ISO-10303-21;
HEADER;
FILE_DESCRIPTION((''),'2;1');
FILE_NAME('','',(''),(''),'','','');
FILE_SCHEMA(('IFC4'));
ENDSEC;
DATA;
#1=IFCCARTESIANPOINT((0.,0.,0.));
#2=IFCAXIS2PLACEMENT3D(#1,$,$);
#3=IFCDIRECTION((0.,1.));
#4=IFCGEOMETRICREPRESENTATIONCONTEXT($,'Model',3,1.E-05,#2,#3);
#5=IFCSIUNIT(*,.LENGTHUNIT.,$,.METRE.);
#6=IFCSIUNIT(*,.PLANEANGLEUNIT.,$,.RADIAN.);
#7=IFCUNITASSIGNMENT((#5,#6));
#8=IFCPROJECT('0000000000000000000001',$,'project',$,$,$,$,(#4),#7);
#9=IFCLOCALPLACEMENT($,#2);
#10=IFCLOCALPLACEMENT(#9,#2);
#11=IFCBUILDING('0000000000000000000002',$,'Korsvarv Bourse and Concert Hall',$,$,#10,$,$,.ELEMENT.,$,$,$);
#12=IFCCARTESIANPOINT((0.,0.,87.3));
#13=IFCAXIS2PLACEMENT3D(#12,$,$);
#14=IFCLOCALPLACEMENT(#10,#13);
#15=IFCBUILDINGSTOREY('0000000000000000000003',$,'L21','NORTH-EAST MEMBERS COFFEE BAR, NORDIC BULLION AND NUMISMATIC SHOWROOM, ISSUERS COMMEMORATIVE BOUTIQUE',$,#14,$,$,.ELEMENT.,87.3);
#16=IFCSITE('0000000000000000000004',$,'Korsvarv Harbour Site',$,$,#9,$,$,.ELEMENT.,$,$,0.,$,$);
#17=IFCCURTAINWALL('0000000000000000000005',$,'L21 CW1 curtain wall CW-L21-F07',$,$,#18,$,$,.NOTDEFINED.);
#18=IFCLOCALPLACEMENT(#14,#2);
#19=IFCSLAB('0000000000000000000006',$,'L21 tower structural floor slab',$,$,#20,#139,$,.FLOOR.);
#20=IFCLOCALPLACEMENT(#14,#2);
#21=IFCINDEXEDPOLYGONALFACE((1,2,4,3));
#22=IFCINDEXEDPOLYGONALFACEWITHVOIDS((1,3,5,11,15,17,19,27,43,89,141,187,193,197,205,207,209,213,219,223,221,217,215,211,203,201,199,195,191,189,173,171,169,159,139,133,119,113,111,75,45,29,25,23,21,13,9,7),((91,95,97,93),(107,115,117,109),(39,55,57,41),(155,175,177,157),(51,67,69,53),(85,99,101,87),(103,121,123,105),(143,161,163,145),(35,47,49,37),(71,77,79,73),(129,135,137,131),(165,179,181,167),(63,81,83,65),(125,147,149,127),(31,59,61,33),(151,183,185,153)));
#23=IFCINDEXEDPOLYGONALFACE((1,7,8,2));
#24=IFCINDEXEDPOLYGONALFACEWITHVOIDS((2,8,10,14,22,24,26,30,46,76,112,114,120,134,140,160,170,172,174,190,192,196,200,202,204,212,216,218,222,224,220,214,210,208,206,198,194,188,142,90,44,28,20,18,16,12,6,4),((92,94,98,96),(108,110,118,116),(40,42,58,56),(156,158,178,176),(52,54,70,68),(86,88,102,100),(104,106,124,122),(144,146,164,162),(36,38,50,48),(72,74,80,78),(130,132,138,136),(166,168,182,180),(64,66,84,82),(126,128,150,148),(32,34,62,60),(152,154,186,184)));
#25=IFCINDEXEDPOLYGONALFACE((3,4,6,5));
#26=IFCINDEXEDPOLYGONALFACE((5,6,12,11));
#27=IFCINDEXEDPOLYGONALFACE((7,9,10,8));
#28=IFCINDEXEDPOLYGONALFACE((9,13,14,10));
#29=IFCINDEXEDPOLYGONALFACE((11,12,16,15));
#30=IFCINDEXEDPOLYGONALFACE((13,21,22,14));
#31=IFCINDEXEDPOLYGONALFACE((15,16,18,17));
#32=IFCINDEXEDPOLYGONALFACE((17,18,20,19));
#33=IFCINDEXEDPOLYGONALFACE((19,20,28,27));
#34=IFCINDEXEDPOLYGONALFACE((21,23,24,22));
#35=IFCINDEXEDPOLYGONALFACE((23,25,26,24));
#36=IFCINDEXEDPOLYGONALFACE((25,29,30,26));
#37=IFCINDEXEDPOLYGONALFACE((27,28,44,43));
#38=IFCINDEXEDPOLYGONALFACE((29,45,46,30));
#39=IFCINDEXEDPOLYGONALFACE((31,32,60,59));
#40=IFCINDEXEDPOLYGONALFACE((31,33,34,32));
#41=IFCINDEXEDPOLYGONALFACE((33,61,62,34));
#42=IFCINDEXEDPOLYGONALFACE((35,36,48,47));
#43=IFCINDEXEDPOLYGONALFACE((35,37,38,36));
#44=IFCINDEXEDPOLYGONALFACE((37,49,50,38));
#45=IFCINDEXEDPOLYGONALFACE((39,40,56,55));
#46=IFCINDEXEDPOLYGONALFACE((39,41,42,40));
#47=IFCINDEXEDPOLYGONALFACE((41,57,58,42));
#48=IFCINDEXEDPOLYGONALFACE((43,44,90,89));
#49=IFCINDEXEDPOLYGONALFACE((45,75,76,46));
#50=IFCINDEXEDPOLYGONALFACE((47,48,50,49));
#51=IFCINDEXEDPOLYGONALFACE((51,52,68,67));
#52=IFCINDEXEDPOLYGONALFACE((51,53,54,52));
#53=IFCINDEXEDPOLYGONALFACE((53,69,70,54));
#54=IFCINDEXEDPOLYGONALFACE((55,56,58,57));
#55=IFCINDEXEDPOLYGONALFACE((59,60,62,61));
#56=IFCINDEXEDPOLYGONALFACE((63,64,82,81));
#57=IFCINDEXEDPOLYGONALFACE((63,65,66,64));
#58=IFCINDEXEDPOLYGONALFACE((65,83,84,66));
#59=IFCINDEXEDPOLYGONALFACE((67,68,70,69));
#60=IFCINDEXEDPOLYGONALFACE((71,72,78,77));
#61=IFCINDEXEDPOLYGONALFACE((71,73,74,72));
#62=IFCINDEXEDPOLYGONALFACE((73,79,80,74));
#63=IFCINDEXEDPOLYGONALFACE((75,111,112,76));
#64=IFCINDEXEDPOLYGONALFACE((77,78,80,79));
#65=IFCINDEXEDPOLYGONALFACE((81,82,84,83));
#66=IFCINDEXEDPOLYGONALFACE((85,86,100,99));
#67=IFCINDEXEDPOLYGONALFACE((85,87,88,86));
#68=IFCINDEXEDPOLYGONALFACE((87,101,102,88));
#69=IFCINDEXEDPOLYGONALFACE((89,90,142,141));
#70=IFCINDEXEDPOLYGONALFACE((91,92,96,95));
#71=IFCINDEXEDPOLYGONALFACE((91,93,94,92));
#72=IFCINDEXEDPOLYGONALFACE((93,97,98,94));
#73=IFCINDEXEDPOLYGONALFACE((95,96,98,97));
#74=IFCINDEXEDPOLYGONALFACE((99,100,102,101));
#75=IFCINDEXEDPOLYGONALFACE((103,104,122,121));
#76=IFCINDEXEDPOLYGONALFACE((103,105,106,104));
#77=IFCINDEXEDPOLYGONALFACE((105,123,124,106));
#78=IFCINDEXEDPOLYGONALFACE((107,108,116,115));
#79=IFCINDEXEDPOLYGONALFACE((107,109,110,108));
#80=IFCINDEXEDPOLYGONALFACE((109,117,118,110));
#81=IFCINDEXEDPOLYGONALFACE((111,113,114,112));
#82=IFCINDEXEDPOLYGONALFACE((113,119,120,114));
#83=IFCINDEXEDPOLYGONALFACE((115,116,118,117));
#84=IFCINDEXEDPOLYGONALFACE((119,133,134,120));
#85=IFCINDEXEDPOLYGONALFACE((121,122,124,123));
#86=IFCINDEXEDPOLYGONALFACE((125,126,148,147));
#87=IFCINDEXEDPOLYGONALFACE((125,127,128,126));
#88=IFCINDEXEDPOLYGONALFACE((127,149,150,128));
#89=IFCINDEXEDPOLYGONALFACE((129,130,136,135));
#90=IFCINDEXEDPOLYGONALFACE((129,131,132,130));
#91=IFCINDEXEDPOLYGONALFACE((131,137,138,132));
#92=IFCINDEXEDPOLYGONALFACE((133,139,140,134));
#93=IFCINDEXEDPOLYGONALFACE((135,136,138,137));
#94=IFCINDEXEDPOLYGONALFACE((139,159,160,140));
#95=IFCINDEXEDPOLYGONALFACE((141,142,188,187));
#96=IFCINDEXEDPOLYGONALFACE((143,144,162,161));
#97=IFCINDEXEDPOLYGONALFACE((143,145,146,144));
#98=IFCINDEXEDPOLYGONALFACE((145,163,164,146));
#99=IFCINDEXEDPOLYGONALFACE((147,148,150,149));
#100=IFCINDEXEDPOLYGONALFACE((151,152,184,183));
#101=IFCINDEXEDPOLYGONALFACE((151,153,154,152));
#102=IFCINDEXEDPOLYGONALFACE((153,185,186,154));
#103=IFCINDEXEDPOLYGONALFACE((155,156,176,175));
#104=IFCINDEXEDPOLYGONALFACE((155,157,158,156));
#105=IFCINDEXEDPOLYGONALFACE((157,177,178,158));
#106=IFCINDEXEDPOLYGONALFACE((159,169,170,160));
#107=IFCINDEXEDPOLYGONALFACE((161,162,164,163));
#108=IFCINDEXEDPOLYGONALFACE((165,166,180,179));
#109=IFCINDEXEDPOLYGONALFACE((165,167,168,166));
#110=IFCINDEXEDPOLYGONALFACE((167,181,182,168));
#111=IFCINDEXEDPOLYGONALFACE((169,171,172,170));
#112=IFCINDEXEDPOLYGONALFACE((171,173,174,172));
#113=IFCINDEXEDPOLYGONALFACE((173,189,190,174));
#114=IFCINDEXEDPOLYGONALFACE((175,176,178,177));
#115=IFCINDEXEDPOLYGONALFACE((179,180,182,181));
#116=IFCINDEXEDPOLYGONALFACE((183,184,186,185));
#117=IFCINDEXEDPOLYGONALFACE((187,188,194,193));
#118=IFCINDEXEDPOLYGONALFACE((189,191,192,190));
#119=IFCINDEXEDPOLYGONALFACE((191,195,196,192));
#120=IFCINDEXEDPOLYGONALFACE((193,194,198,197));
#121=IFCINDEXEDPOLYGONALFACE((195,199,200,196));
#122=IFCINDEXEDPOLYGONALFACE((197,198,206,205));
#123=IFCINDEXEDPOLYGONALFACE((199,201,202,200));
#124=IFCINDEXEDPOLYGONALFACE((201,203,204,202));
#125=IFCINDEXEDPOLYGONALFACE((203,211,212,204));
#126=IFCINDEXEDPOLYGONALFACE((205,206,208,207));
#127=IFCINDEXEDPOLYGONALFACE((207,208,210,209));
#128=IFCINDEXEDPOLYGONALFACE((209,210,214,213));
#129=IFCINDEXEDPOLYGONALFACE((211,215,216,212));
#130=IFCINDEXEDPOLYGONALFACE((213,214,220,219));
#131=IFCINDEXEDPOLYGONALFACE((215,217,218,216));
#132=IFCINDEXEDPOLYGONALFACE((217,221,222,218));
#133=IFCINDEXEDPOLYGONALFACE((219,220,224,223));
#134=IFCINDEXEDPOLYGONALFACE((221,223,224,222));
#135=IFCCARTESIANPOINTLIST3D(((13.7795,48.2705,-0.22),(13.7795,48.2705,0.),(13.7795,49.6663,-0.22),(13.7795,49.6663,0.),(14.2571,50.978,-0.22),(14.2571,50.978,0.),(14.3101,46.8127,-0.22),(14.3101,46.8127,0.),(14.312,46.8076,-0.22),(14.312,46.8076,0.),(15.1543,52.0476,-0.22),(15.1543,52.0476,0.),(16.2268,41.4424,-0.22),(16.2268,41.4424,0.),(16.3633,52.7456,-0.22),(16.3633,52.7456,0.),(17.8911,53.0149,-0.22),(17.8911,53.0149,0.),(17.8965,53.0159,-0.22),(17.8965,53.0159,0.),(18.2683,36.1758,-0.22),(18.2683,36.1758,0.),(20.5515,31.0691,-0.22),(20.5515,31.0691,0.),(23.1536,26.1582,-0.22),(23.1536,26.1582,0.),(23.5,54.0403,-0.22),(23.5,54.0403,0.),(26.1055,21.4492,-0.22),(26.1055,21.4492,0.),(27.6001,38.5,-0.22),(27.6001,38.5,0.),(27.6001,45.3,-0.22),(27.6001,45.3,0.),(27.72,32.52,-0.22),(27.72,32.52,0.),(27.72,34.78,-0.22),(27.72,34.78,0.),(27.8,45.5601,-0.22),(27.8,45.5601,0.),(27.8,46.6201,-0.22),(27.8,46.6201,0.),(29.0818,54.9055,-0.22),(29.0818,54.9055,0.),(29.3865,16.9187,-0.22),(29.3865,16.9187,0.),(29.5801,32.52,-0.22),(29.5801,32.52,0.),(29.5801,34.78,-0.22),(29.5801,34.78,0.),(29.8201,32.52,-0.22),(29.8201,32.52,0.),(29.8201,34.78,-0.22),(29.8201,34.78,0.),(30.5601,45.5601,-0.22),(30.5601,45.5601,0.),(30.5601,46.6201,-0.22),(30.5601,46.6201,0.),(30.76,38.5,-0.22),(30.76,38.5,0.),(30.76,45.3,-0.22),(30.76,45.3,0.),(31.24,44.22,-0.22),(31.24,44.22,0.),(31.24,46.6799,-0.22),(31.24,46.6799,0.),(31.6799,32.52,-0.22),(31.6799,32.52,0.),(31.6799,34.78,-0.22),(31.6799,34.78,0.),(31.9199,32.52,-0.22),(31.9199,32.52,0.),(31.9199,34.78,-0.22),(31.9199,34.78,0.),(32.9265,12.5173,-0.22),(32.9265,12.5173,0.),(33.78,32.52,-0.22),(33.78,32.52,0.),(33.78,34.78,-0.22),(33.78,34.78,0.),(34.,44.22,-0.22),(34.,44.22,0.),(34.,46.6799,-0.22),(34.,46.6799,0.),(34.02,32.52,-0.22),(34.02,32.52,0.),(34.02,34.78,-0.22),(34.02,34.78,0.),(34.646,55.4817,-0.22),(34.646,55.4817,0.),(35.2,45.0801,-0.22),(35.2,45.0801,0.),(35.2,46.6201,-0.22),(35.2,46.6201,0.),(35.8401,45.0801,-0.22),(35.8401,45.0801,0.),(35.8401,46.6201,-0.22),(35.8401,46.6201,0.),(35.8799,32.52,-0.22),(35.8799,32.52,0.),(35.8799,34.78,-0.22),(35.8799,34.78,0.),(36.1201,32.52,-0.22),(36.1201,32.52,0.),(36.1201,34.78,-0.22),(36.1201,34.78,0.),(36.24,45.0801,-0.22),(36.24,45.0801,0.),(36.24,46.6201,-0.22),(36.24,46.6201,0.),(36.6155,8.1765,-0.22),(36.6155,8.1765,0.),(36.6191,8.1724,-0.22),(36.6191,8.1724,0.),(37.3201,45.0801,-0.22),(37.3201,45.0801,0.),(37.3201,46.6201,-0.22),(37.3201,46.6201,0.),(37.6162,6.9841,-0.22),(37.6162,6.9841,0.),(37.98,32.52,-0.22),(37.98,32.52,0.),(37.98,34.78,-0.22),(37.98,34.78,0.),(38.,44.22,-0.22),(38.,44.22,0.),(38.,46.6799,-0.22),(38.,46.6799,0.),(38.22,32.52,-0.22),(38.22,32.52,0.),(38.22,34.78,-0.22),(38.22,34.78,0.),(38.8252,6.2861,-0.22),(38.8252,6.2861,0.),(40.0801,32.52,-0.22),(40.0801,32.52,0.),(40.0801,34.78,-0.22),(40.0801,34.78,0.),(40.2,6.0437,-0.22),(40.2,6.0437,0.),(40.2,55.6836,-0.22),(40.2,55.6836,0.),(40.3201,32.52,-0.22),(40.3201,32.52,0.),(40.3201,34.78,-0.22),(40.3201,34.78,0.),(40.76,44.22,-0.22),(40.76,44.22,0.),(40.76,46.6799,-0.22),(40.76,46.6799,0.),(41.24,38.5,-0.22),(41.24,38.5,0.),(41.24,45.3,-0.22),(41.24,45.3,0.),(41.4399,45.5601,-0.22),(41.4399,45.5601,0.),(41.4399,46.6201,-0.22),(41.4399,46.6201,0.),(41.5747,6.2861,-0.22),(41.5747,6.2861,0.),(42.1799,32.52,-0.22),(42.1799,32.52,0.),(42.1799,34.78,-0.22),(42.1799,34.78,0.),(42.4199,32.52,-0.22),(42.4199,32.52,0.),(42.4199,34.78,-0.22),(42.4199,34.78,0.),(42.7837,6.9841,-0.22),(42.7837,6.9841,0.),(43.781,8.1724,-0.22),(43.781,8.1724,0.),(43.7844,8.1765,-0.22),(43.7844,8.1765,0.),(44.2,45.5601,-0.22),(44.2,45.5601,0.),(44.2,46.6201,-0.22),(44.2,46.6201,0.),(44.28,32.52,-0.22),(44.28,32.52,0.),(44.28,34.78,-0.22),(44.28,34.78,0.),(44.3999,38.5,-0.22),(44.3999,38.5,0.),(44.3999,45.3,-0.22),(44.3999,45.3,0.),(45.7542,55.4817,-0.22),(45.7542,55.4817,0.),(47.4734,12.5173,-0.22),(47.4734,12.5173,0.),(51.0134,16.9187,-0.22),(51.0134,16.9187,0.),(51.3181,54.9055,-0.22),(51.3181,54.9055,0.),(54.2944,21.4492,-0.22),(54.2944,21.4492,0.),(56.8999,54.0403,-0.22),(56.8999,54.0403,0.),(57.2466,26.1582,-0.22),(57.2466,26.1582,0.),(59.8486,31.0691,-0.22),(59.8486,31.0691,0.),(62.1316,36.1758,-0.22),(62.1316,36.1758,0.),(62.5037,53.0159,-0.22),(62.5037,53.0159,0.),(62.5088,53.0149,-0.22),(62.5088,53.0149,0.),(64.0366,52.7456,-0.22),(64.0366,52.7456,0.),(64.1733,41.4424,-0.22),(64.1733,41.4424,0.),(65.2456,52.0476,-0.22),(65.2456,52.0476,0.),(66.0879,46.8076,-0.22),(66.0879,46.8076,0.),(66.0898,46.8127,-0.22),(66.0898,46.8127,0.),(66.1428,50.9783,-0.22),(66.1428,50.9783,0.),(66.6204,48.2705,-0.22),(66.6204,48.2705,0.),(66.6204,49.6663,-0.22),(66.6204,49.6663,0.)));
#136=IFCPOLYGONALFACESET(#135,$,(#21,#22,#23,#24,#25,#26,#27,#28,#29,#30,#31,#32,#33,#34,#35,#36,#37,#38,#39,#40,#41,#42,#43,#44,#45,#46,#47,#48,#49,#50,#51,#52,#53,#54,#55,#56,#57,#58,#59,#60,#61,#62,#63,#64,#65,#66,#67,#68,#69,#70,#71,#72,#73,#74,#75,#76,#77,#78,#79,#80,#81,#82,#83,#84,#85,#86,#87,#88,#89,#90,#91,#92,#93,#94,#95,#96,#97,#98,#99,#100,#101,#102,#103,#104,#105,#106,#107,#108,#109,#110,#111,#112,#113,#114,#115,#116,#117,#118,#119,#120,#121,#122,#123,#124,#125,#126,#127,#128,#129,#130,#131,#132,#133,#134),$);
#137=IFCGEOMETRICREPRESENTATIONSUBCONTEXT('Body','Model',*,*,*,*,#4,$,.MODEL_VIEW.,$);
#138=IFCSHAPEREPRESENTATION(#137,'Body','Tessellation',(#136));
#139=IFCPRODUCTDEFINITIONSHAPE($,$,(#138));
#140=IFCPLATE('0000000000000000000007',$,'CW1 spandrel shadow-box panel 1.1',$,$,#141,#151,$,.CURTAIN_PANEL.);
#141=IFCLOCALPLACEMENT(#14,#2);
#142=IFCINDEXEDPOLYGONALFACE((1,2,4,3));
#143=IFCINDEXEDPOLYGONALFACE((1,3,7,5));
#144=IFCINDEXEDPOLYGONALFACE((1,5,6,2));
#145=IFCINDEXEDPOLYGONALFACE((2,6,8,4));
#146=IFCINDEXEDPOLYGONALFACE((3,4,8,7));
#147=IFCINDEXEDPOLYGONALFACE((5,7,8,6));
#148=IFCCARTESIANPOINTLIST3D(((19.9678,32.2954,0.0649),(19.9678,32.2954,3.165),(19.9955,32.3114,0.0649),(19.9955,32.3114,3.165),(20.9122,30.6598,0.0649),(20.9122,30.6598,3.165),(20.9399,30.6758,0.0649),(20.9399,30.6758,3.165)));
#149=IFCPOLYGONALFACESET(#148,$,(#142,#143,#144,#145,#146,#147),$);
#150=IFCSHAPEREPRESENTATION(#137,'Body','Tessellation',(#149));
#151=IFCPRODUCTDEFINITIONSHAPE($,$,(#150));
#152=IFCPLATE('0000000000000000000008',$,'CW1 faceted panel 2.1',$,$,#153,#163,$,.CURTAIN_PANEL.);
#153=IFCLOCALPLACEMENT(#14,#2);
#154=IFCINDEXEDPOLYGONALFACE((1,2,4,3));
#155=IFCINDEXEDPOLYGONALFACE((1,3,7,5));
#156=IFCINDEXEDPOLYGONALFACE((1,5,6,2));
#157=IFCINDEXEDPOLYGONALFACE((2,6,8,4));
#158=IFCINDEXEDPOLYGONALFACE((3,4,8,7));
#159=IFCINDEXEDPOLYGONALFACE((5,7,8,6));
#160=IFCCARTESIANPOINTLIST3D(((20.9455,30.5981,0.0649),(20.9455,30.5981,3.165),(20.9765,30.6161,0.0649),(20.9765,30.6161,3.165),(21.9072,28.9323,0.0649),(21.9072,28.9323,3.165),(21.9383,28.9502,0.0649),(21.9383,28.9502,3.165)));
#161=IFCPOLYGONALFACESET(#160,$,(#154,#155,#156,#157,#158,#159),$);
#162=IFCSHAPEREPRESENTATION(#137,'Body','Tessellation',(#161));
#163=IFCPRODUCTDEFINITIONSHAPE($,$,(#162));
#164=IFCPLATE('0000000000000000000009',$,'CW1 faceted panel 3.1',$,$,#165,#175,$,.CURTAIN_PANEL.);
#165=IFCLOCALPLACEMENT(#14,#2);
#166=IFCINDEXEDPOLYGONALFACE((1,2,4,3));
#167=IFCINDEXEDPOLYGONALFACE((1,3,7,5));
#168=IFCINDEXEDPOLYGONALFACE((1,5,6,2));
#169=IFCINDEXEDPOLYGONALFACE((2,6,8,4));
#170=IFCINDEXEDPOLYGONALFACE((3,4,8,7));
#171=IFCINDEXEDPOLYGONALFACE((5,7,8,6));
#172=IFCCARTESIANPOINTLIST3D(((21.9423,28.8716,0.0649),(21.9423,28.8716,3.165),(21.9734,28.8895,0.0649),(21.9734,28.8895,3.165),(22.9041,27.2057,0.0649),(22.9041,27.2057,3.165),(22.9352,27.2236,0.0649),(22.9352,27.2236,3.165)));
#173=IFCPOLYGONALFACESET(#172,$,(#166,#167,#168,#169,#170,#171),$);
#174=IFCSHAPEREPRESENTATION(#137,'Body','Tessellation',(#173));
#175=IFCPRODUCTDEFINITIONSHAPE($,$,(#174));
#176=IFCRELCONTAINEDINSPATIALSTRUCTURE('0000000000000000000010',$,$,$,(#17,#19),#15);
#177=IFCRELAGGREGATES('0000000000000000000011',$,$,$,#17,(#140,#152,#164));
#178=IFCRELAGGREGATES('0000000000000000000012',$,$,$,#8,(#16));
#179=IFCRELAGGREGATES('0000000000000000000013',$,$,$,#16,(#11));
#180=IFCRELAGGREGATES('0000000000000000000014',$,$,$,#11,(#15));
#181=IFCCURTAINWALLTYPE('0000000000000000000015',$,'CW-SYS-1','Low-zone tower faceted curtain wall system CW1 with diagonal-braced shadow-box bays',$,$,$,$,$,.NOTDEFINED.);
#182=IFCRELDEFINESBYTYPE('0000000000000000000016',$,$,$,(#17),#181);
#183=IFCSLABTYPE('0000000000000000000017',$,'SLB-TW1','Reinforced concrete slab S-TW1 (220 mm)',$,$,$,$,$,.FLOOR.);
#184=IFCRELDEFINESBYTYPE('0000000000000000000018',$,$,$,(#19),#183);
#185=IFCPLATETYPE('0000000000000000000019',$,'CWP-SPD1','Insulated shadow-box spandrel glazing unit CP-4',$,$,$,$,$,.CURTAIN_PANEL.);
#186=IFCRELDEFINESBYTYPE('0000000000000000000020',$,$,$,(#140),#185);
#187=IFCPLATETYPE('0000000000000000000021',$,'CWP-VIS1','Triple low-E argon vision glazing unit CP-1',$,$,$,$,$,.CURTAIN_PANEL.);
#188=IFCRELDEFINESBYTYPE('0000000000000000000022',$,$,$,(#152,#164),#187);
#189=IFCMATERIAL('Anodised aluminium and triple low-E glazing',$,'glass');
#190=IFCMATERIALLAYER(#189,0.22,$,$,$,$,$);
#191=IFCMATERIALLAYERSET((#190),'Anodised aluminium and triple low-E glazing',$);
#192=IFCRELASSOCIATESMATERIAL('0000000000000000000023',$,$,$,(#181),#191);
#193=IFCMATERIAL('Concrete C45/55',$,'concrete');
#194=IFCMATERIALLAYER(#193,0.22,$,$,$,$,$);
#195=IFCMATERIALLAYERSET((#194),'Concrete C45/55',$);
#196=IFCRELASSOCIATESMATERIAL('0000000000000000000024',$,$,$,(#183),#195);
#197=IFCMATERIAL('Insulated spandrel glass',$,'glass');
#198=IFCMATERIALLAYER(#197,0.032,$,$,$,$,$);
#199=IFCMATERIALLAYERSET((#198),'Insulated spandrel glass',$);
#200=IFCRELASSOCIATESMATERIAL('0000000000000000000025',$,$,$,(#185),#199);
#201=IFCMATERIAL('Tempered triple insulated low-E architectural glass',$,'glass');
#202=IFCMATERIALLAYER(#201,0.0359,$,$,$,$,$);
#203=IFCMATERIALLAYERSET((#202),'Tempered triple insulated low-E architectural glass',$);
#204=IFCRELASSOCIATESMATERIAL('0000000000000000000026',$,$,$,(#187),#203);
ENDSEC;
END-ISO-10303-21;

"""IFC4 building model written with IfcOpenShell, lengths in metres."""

from ifc_helpers import new_model, si_unit, direction, frame, origin, origin_2d, place, context, subcontext, project, spatial, polyline, rectangle, outline, extrude, source, transform, mapped, material, layer, layer_set, type_object, element, aggregate, save


model = new_model("IFC4")

# Units and contexts
model_context = context("Model", 3, precision=1e-05, world=origin(), true_north=direction((0.0, 1.0)))
body_context = subcontext(model_context, "Body", "Model", "MODEL_VIEW")
ifc_project = project(units=[si_unit("LENGTHUNIT", "METRE"), si_unit("PLANEANGLEUNIT", "RADIAN")], contexts=[model_context])

# Site, building, storey
site_placement = place(None, origin())
site = spatial("IfcSite", under=ifc_project, at=site_placement, Name="Korsvarv Harbour Site", CompositionType="ELEMENT", RefElevation=0.0)
building_placement = place(site_placement, origin())
building = spatial("IfcBuilding", under=site, at=building_placement, Name="Korsvarv Bourse and Concert Hall", CompositionType="ELEMENT")
storey_placement = place(building_placement, frame((0.0, 0.0, 87.3)))
storey = spatial("IfcBuildingStorey", under=building, at=storey_placement, Name="L21", Description="NORTH-EAST MEMBERS COFFEE BAR, NORDIC BULLION AND NUMISMATIC SHOWROOM, ISSUERS COMMEMORATIVE BOUTIQUE", CompositionType="ELEMENT", Elevation=87.3)

# Curtain wall
ifc_material_1 = material(Name="Anodised aluminium and triple low-E glazing", Category="glass")
ifc_layer_1 = layer(ifc_material_1, 0.22)
ifc_layer_set_1 = layer_set([ifc_layer_1], Name="Anodised aluminium and triple low-E glazing")
curtain_wall_type = type_object("IfcCurtainWallType", Name="CW-SYS-1", Description="Low-zone tower faceted curtain wall system CW1 with diagonal-braced shadow-box bays", PredefinedType="NOTDEFINED", material=ifc_layer_set_1)
curtain_wall_placement = place(storey_placement, origin())
curtain_wall = element("IfcCurtainWall", 1, at=curtain_wall_placement, inside=storey, type_object=curtain_wall_type, Name="L21 CW1 curtain wall CW-L21-F07", PredefinedType="NOTDEFINED")

# Slab
ifc_material_2 = material(Name="Concrete C45/55", Category="concrete")
ifc_layer_2 = layer(ifc_material_2, 0.22)
ifc_layer_set_2 = layer_set([ifc_layer_2], Name="Concrete C45/55")
slab_type_1 = type_object("IfcSlabType", Name="SLB-TW1", Description="Reinforced concrete slab S-TW1 (220 mm)", PredefinedType="FLOOR", material=ifc_layer_set_2)
slab_1_placement = place(storey_placement, frame((0.0, 0.0, -0.22)))
element("IfcSlab", 2, at=slab_1_placement, inside=storey, type_object=slab_type_1, Name="L21 tower structural floor slab", PredefinedType="FLOOR", context=body_context, shape_type="SweptSolid", body=[
    extrude(outline(polyline([(66.0879, 46.8076), (64.1733, 41.4424), (62.1316, 36.1758), (59.8486, 31.0691), (57.2466, 26.1582), (54.2944, 21.4492), (51.0134, 16.9187), (47.4734, 12.5173), (43.7844, 8.1765), (43.781, 8.1724), (42.7837, 6.9841), (41.5747, 6.2861), (40.2, 6.0437), (38.8252, 6.2861), (37.6162, 6.9841), (36.6191, 8.1724), (36.6155, 8.1765), (32.9265, 12.5173), (29.3865, 16.9187), (26.1055, 21.4492), (23.1536, 26.1582), (20.5515, 31.0691), (18.2683, 36.1758), (16.2268, 41.4424), (14.312, 46.8076), (14.3101, 46.8127), (13.7795, 48.2705), (13.7795, 49.6663), (14.2571, 50.978), (15.1543, 52.0476), (16.3633, 52.7456), (17.8911, 53.0149), (17.8965, 53.0159), (23.5, 54.0403), (29.0818, 54.9055), (34.646, 55.4817), (40.2, 55.6836), (45.7542, 55.4817), (51.3181, 54.9055), (56.8999, 54.0403), (62.5037, 53.0159), (62.5088, 53.0149), (64.0366, 52.7456), (65.2456, 52.0476), (66.1428, 50.9783), (66.6204, 49.6663), (66.6204, 48.2705), (66.0898, 46.8127), (66.0879, 46.8076)]), holes=[polyline([(30.76, 38.5), (30.76, 45.3), (27.6001, 45.3), (27.6001, 38.5), (30.76, 38.5)]), polyline([(44.3999, 38.5), (44.3999, 45.3), (41.24, 45.3), (41.24, 38.5), (44.3999, 38.5)]), polyline([(31.24, 44.22), (34.0, 44.22), (34.0, 46.6799), (31.24, 46.6799), (31.24, 44.22)]), polyline([(38.0, 44.22), (40.76, 44.22), (40.76, 46.6799), (38.0, 46.6799), (38.0, 44.22)]), polyline([(27.72, 32.52), (29.5801, 32.52), (29.5801, 34.78), (27.72, 34.78), (27.72, 32.52)]), polyline([(29.8201, 32.52), (31.6799, 32.52), (31.6799, 34.78), (29.8201, 34.78), (29.8201, 32.52)]), polyline([(31.9199, 32.52), (33.78, 32.52), (33.78, 34.78), (31.9199, 34.78), (31.9199, 32.52)]), polyline([(34.02, 32.52), (35.8799, 32.52), (35.8799, 34.78), (34.02, 34.78), (34.02, 32.52)]), polyline([(36.1201, 32.52), (37.98, 32.52), (37.98, 34.78), (36.1201, 34.78), (36.1201, 32.52)]), polyline([(38.22, 32.52), (40.0801, 32.52), (40.0801, 34.78), (38.22, 34.78), (38.22, 32.52)]), polyline([(40.3201, 32.52), (42.1799, 32.52), (42.1799, 34.78), (40.3201, 34.78), (40.3201, 32.52)]), polyline([(42.4199, 32.52), (44.28, 32.52), (44.28, 34.78), (42.4199, 34.78), (42.4199, 32.52)]), polyline([(27.8, 45.5601), (30.5601, 45.5601), (30.5601, 46.6201), (27.8, 46.6201), (27.8, 45.5601)]), polyline([(41.4399, 45.5601), (44.2, 45.5601), (44.2, 46.6201), (41.4399, 46.6201), (41.4399, 45.5601)]), polyline([(35.2, 45.0801), (35.8401, 45.0801), (35.8401, 46.6201), (35.2, 46.6201), (35.2, 45.0801)]), polyline([(36.24, 45.0801), (37.3201, 45.0801), (37.3201, 46.6201), (36.24, 46.6201), (36.24, 45.0801)])]), origin(), (0.0, 0.0, 1.0), 0.22),
])

# Plates
ifc_material_3 = material(Name="Insulated spandrel glass", Category="glass")
ifc_layer_3 = layer(ifc_material_3, 0.032)
ifc_layer_set_3 = layer_set([ifc_layer_3], Name="Insulated spandrel glass")
plate_type_1 = type_object("IfcPlateType", Name="CWP-SPD1", Description="Insulated shadow-box spandrel glazing unit CP-4", PredefinedType="CURTAIN_PANEL", material=ifc_layer_set_3)
shared_shape_1 = source(origin(), body_context, "Body", "SweptSolid", [
    extrude(rectangle(XDim=1.8887, YDim=0.032, at=origin_2d()), origin(), (0.0, 0.0, 1.0), 3.1001),
])
plate_1_placement = place(storey_placement, frame((20.4539, 31.4856, 0.0649), z_axis=(0.0, 0.0, 1.0), x_axis=(0.499999, -0.866026, 0.0)))
plate_1 = element("IfcPlate", 3, at=plate_1_placement, type_object=plate_type_1, Name="CW1 spandrel shadow-box panel 1.1", PredefinedType="CURTAIN_PANEL", context=body_context, shape_type="MappedRepresentation", body=[
    mapped(shared_shape_1, transform((0.0, 0.0, 0.0), scale=1.0)),
])
ifc_material_4 = material(Name="Tempered triple insulated low-E architectural glass", Category="glass")
ifc_layer_4 = layer(ifc_material_4, 0.0359)
ifc_layer_set_4 = layer_set([ifc_layer_4], Name="Tempered triple insulated low-E architectural glass")
plate_type_2 = type_object("IfcPlateType", Name="CWP-VIS1", Description="Triple low-E argon vision glazing unit CP-1", PredefinedType="CURTAIN_PANEL", material=ifc_layer_set_4)
shared_shape_2 = source(origin(), body_context, "Body", "SweptSolid", [
    extrude(rectangle(XDim=1.9236, YDim=0.0359, at=origin_2d()), origin(), (0.0, 0.0, 1.0), 3.1001),
])
plate_2_placement = place(storey_placement, frame((21.4419, 29.7742, 0.0649), z_axis=(0.0, 0.0, 1.0), x_axis=(0.499999, -0.866026, 0.0)))
plate_2 = element("IfcPlate", 4, at=plate_2_placement, type_object=plate_type_2, Name="CW1 faceted panel 2.1", PredefinedType="CURTAIN_PANEL", context=body_context, shape_type="MappedRepresentation", body=[
    mapped(shared_shape_2, transform((0.0, 0.0, 0.0), scale=1.0)),
])
plate_3_placement = place(storey_placement, frame((22.4387, 28.0476, 0.0649), z_axis=(0.0, 0.0, 1.0), x_axis=(0.499999, -0.866026, 0.0)))
plate_3 = element("IfcPlate", 5, at=plate_3_placement, type_object=plate_type_2, Name="CW1 faceted panel 3.1", PredefinedType="CURTAIN_PANEL", context=body_context, shape_type="MappedRepresentation", body=[
    mapped(shared_shape_2, transform((0.0, 0.0, 0.0), scale=1.0)),
])
aggregate(curtain_wall, [plate_1, plate_2, plate_3])

save(model, "model.ifc")
